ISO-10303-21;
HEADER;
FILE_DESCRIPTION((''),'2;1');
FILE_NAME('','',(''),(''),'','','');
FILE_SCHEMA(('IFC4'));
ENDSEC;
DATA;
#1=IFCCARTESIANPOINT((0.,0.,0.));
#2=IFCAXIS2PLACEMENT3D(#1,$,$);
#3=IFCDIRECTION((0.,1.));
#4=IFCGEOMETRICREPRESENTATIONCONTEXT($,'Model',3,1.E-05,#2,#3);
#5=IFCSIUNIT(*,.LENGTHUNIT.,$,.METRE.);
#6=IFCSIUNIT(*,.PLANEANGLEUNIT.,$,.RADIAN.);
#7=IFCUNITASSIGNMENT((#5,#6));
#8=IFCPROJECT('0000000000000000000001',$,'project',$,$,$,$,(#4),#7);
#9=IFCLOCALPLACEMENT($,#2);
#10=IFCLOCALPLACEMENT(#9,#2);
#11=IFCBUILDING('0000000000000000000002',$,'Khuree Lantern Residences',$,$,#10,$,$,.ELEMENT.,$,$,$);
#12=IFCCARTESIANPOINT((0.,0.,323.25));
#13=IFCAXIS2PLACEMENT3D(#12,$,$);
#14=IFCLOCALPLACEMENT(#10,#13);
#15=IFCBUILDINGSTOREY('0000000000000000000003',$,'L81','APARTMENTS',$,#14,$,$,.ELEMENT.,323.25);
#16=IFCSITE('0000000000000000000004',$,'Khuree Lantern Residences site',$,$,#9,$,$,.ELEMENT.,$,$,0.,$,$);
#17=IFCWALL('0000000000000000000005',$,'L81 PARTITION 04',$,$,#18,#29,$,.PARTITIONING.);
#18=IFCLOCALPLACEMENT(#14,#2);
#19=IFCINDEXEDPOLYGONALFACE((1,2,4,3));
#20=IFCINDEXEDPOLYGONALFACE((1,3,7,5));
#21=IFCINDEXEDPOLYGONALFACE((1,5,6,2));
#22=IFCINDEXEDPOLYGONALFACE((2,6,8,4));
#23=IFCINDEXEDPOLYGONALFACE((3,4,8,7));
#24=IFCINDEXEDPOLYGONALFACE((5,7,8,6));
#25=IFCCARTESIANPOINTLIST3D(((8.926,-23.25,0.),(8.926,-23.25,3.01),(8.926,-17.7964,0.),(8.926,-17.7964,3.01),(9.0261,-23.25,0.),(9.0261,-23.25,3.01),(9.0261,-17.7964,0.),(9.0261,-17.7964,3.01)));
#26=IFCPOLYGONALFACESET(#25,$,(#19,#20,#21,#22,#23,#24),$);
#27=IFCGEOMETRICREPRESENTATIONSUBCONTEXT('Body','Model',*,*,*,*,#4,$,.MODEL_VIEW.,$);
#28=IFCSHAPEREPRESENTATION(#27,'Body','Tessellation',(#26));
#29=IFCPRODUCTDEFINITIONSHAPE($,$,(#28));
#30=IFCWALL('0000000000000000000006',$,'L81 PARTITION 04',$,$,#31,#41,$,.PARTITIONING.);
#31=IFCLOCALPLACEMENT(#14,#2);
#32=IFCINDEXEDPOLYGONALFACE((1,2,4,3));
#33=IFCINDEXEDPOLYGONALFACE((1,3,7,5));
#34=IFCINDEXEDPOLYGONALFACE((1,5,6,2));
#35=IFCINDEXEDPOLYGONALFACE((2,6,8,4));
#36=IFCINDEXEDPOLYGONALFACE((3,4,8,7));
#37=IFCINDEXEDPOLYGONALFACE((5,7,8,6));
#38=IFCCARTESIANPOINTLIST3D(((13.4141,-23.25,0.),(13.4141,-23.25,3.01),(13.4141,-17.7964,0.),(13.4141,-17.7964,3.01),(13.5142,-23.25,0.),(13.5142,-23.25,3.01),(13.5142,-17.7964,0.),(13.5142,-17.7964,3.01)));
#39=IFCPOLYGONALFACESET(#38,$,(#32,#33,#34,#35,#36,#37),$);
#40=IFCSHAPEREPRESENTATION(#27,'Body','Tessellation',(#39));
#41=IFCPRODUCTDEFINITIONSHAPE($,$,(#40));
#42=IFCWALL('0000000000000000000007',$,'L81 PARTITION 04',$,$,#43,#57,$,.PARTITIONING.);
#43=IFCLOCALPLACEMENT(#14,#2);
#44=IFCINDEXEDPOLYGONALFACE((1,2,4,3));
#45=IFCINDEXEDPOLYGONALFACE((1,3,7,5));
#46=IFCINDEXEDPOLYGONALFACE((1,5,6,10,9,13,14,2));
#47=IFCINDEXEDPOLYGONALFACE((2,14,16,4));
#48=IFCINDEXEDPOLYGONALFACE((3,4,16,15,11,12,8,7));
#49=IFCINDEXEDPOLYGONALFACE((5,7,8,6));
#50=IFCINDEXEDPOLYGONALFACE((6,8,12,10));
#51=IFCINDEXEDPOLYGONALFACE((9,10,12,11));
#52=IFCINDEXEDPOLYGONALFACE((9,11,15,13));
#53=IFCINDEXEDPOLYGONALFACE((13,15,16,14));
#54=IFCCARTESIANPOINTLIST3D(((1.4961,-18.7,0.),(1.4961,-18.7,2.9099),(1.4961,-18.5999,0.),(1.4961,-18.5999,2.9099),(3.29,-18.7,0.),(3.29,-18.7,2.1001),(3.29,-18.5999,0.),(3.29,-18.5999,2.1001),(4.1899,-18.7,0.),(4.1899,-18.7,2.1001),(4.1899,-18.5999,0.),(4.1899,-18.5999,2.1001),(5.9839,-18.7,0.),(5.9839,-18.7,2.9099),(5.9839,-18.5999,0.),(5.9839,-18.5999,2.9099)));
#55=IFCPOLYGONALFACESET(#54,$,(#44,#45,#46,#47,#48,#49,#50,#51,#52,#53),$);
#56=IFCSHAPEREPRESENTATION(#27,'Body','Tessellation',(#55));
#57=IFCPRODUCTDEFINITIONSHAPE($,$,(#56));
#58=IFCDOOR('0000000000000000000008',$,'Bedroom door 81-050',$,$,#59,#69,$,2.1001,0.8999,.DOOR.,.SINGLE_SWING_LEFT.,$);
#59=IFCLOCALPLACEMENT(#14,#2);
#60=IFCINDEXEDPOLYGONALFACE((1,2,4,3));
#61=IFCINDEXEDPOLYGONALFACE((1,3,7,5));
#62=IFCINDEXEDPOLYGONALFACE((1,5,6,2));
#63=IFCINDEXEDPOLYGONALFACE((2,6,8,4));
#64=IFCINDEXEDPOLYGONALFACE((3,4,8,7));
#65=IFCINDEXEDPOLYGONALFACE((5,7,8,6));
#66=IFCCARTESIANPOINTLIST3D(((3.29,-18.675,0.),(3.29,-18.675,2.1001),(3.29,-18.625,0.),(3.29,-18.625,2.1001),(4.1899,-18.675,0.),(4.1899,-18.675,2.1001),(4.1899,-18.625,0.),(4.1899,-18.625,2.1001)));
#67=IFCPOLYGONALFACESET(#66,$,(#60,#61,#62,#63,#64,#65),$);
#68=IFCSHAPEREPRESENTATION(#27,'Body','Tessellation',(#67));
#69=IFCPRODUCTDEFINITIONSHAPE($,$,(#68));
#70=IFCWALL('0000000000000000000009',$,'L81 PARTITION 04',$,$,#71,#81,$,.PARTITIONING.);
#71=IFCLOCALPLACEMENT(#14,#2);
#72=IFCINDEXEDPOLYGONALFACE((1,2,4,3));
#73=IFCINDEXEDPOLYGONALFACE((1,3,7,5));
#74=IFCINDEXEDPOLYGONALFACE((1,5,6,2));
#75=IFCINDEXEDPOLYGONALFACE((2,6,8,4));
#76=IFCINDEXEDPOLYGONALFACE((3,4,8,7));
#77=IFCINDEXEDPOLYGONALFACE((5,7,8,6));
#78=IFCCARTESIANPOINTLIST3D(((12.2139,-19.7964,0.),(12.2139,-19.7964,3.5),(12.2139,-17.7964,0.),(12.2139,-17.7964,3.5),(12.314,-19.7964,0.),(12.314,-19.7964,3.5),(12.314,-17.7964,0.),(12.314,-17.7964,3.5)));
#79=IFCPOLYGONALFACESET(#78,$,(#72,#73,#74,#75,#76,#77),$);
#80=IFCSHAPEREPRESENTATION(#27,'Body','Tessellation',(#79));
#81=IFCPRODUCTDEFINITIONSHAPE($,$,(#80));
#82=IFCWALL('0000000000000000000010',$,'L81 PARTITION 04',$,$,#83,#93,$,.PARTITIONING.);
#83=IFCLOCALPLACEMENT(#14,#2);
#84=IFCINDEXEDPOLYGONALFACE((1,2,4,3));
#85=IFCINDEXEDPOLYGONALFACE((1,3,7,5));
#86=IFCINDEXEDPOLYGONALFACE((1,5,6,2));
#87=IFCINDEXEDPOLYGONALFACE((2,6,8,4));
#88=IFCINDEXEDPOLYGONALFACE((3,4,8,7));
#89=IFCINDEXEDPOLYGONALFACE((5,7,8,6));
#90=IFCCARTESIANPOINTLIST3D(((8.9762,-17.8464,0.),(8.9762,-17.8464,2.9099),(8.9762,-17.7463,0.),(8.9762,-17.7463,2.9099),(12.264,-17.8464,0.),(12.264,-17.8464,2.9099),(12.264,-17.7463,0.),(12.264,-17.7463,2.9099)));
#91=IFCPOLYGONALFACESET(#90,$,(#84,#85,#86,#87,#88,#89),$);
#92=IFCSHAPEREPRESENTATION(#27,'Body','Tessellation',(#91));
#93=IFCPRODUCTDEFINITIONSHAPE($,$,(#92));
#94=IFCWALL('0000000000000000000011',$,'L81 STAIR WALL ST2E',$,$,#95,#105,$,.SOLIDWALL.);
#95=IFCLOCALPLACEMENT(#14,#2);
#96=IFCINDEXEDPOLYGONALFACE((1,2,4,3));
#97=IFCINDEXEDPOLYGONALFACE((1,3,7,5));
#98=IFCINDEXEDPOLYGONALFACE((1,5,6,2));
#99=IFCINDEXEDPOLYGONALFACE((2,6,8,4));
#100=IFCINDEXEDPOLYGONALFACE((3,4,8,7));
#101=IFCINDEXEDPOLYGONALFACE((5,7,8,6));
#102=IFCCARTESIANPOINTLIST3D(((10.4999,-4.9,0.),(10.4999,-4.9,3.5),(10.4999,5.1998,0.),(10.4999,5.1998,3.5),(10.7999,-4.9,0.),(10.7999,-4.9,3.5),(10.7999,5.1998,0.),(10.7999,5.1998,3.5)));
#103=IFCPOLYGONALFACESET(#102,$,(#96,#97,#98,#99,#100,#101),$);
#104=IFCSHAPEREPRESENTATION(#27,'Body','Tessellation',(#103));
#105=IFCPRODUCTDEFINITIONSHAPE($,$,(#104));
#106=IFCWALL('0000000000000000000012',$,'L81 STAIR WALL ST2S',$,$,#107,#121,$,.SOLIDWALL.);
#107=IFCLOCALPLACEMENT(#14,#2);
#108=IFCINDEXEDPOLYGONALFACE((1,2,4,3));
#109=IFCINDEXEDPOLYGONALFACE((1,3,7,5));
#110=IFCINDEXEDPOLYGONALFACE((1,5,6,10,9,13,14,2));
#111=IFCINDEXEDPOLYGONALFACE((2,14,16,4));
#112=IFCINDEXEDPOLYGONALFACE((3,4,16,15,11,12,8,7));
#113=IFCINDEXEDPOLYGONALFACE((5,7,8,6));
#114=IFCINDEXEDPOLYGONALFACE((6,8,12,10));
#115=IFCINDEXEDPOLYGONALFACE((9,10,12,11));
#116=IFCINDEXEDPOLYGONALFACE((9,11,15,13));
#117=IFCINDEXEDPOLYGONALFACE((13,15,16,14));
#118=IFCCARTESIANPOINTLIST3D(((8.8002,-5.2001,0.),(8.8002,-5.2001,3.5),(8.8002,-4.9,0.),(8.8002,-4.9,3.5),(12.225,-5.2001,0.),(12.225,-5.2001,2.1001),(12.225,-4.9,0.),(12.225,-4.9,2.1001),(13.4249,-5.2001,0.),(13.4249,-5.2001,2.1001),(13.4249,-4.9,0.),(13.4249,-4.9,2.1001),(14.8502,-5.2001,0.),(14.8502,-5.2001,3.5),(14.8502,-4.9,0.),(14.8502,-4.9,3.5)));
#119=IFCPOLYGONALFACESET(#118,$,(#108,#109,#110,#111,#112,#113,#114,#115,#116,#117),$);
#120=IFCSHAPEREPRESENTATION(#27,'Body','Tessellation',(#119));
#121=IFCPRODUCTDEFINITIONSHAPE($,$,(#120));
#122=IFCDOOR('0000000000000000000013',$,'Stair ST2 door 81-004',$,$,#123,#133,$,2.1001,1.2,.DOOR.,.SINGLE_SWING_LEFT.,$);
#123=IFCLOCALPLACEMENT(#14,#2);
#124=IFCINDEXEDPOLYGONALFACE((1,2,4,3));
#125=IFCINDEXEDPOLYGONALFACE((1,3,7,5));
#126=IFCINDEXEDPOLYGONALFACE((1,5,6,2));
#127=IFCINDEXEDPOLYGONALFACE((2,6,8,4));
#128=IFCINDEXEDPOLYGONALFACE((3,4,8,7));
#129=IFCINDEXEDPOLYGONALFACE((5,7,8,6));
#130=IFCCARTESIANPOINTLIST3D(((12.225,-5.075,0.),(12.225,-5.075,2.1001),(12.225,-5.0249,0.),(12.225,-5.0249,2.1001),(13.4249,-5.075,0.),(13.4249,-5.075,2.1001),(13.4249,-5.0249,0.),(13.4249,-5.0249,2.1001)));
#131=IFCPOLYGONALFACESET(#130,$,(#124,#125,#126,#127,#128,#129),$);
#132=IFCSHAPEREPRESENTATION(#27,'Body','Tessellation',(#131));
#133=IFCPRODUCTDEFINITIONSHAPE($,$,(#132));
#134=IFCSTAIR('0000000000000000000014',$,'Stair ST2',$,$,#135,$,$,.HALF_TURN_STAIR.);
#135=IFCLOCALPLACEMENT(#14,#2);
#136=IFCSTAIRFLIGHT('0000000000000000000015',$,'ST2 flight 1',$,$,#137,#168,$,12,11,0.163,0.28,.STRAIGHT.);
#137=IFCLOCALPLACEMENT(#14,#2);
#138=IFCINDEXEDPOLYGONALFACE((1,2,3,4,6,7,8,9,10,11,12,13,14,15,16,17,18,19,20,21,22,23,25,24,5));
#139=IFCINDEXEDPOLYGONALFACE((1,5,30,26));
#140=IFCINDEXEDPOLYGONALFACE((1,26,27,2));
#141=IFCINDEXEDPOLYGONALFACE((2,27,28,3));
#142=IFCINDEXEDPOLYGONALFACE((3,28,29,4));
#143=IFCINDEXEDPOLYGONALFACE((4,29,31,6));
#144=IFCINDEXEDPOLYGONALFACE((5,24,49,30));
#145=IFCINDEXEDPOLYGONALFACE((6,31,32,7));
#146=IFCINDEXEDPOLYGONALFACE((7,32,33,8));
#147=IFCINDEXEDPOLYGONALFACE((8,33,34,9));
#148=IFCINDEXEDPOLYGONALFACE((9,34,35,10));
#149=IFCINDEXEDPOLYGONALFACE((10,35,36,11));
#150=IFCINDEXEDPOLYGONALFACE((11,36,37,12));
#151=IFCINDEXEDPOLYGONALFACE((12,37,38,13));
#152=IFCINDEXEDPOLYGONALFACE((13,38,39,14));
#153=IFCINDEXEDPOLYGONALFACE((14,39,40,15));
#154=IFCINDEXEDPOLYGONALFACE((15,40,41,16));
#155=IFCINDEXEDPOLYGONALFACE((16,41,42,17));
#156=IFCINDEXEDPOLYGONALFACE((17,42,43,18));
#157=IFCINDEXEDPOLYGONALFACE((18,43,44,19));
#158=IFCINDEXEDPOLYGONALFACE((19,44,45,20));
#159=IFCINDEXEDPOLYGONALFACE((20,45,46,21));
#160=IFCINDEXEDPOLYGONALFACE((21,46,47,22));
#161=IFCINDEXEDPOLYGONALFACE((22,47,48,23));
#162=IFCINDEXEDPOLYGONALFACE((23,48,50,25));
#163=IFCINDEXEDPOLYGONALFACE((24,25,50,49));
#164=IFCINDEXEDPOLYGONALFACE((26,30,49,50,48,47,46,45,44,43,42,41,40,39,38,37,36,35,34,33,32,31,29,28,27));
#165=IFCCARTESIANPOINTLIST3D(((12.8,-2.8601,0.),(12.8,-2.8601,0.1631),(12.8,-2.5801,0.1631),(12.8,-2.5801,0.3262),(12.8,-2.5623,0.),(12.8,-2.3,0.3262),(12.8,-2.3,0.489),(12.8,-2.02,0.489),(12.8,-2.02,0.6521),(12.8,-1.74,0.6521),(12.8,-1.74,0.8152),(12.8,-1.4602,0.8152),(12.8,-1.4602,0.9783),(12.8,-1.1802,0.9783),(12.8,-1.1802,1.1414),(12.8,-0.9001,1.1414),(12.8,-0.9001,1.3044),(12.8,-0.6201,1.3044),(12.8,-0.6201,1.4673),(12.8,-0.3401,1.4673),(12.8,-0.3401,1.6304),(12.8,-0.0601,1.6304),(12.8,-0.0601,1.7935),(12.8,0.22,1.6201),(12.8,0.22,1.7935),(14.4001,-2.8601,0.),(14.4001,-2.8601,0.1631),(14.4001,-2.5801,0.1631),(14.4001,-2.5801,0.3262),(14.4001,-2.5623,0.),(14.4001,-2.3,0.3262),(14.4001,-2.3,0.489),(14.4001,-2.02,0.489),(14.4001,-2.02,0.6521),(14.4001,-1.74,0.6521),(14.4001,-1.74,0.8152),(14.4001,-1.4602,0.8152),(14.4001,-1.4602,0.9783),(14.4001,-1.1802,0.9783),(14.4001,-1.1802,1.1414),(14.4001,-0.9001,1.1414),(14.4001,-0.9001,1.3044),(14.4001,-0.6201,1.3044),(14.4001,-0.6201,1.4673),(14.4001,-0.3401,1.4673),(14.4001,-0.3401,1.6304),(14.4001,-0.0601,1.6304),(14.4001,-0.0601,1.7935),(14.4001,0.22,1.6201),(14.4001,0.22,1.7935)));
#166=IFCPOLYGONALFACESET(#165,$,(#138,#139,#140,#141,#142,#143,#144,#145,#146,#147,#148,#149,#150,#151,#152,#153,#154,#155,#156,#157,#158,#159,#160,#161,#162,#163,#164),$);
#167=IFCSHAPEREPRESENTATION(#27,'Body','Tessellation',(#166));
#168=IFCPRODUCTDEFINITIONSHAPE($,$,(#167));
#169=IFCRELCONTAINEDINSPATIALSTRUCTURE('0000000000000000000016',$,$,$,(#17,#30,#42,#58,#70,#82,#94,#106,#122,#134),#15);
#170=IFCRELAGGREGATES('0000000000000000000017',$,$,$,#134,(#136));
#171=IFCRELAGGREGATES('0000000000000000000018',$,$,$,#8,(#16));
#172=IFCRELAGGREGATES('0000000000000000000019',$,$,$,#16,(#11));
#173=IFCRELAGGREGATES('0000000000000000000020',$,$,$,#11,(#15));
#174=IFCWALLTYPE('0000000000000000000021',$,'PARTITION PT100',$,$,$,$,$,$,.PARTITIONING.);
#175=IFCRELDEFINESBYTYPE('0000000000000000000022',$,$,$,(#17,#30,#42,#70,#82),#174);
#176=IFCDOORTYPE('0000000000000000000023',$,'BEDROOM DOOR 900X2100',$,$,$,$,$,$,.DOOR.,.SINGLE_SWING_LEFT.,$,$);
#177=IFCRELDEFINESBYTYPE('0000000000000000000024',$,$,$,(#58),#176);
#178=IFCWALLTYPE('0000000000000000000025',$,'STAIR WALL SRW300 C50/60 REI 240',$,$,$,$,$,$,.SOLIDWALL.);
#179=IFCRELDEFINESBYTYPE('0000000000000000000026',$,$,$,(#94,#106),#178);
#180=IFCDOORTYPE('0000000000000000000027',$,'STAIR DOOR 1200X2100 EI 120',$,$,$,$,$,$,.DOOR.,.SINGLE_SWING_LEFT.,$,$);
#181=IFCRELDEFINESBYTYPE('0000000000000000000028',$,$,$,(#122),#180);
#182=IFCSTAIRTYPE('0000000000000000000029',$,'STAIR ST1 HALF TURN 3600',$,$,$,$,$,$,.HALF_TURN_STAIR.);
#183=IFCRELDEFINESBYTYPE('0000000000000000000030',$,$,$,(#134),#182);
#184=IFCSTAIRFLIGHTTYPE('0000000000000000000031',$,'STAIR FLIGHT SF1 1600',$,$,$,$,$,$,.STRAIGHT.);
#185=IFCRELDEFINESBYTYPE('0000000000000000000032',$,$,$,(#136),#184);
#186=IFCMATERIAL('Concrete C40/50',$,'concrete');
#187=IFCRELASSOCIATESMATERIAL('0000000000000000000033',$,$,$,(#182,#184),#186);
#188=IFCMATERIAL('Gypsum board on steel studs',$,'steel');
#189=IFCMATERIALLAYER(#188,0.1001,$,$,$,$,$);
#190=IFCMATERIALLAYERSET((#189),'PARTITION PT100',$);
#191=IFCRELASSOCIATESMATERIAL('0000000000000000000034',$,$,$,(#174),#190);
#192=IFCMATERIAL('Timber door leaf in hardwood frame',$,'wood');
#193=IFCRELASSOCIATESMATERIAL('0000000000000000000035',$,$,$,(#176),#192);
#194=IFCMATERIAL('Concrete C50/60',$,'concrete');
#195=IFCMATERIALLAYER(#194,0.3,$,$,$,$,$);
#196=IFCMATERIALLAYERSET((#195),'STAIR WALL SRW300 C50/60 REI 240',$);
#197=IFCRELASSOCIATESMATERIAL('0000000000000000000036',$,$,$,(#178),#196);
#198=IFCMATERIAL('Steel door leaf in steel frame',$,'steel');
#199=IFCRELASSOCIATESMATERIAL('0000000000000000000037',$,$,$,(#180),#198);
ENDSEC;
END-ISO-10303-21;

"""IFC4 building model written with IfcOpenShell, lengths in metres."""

from ifc_helpers import new_model, si_unit, direction, frame, frame_2d, origin, place, context, subcontext, project, spatial, polyline, rectangle, outline, extrude, material, layer, layer_set, type_object, element, fill, aggregate, save


model = new_model("IFC4")

# Units and contexts
model_context = context("Model", 3, precision=1e-05, world=origin(), true_north=direction((0.0, 1.0)))
body_context = subcontext(model_context, "Body", "Model", "MODEL_VIEW")
ifc_project = project(units=[si_unit("LENGTHUNIT", "METRE"), si_unit("PLANEANGLEUNIT", "RADIAN")], contexts=[model_context])

# Site, building, storey
site_placement = place(None, origin())
site = spatial("IfcSite", under=ifc_project, at=site_placement, Name="Khuree Lantern Residences site", CompositionType="ELEMENT", RefElevation=0.0)
building_placement = place(site_placement, origin())
building = spatial("IfcBuilding", under=site, at=building_placement, Name="Khuree Lantern Residences", CompositionType="ELEMENT")
storey_placement = place(building_placement, frame((0.0, 0.0, 323.25)))
storey = spatial("IfcBuildingStorey", under=building, at=storey_placement, Name="L81", Description="APARTMENTS", CompositionType="ELEMENT", Elevation=323.25)

# Shared definitions
ifc_material_1 = material(Name="Concrete C40/50", Category="concrete")
stair_type = type_object("IfcStairType", Name="STAIR ST1 HALF TURN 3600", PredefinedType="HALF_TURN_STAIR", material=ifc_material_1)

# Shared definitions
ifc_material_2 = material(Name="Timber door leaf in hardwood frame", Category="wood")

# Walls
ifc_material_3 = material(Name="Gypsum board on steel studs", Category="steel")
ifc_layer_1 = layer(ifc_material_3, 0.1001)
ifc_layer_set_1 = layer_set([ifc_layer_1], Name="PARTITION PT100")
wall_type_1 = type_object("IfcWallType", Name="PARTITION PT100", PredefinedType="PARTITIONING", material=ifc_layer_set_1)
for number, where, z_axis, x_axis, name in (
    (1, (8.9761, -17.7964, 0.0), (0.0, 0.0, 1.0), (0.0, -1.0, 0.0), "L81 PARTITION 04"),
    (2, (13.4641, -17.7964, 0.0), (0.0, 0.0, 1.0), (0.0, -1.0, 0.0), "L81 PARTITION 04"),
):
    element("IfcWall", number, at=place(storey_placement, frame(where, z_axis=z_axis, x_axis=x_axis)), inside=storey, type_object=wall_type_1, Name=name, PredefinedType="PARTITIONING", context=body_context, shape_type="SweptSolid", body=[
        extrude(rectangle(XDim=5.4536, YDim=0.1001, at=frame_2d((2.7268, 0.0))), origin(), (0.0, 0.0, 1.0), 3.01),
    ])

# Wall, opening, door
wall_1_placement = place(storey_placement, frame((1.4961, -18.6499, 0.0), z_axis=(0.0, 0.0, 1.0), x_axis=(1.0, 0.0, 0.0)))
wall_1 = element("IfcWall", 3, at=wall_1_placement, inside=storey, type_object=wall_type_1, Name="L81 PARTITION 04", PredefinedType="PARTITIONING", context=body_context, shape_type="SweptSolid", body=[
    extrude(rectangle(XDim=4.4878, YDim=0.1001, at=frame_2d((2.2439, 0.0))), origin(), (0.0, 0.0, 1.0), 2.9099),
])
opening_1_placement = place(wall_1_placement, frame((1.7939, 0.0, 0.0)))
opening_1 = element("IfcOpeningElement", 4, at=opening_1_placement, cuts=wall_1, PredefinedType="OPENING", context=body_context, shape_type="SweptSolid", body=[
    extrude(rectangle(XDim=0.8999, YDim=2.1001, at=frame_2d((0.45, 1.05))), frame((0.0, 0.0601, 0.0), z_axis=(0.0, -1.0, 0.0), x_axis=(1.0, 0.0, 0.0)), (0.0, 0.0, 1.0), 0.1201),
])
door_type_1 = type_object("IfcDoorType", Name="BEDROOM DOOR 900X2100", OperationType="SINGLE_SWING_LEFT", PredefinedType="DOOR", material=ifc_material_2)
door_1_placement = place(opening_1_placement, origin())
door_1 = element("IfcDoor", 5, at=door_1_placement, inside=storey, type_object=door_type_1, Name="Bedroom door 81-050", OperationType="SINGLE_SWING_LEFT", OverallHeight=2.1001, OverallWidth=0.8999, PredefinedType="DOOR", context=body_context, shape_type="SweptSolid", body=[
    extrude(rectangle(XDim=0.8999, YDim=2.1001, at=frame_2d((0.45, 1.05))), frame((0.0, 0.0249, 0.0), z_axis=(0.0, -1.0, 0.0), x_axis=(1.0, 0.0, 0.0)), (0.0, 0.0, 1.0), 0.05),
])
fill(opening_1, door_1)

# Walls
wall_2_placement = place(storey_placement, frame((12.2639, -17.7964, 0.0), z_axis=(0.0, 0.0, 1.0), x_axis=(0.0, -1.0, 0.0)))
element("IfcWall", 6, at=wall_2_placement, inside=storey, type_object=wall_type_1, Name="L81 PARTITION 04", PredefinedType="PARTITIONING", context=body_context, shape_type="SweptSolid", body=[
    extrude(rectangle(XDim=2.0, YDim=0.1001, at=frame_2d((1.0, 0.0))), origin(), (0.0, 0.0, 1.0), 3.5),
])
wall_3_placement = place(storey_placement, frame((8.9761, -17.7964, 0.0), z_axis=(0.0, 0.0, 1.0), x_axis=(1.0, 0.0, 0.0)))
element("IfcWall", 7, at=wall_3_placement, inside=storey, type_object=wall_type_1, Name="L81 PARTITION 04", PredefinedType="PARTITIONING", context=body_context, shape_type="SweptSolid", body=[
    extrude(rectangle(XDim=3.2878, YDim=0.1001, at=frame_2d((1.644, 0.0))), origin(), (0.0, 0.0, 1.0), 2.9099),
])
ifc_material_4 = material(Name="Concrete C50/60", Category="concrete")
ifc_layer_2 = layer(ifc_material_4, 0.3)
ifc_layer_set_2 = layer_set([ifc_layer_2], Name="STAIR WALL SRW300 C50/60 REI 240")
wall_type_2 = type_object("IfcWallType", Name="STAIR WALL SRW300 C50/60 REI 240", PredefinedType="SOLIDWALL", material=ifc_layer_set_2)
wall_4_placement = place(storey_placement, frame((10.6499, -4.8999, 0.0), z_axis=(0.0, 0.0, 1.0), x_axis=(0.0, 1.0, 0.0)))
element("IfcWall", 8, at=wall_4_placement, inside=storey, type_object=wall_type_2, Name="L81 STAIR WALL ST2E", PredefinedType="SOLIDWALL", context=body_context, shape_type="SweptSolid", body=[
    extrude(rectangle(XDim=10.0999, YDim=0.3, at=frame_2d((5.0498, 0.0))), origin(), (0.0, 0.0, 1.0), 3.5),
])

# Wall, opening, door
wall_5_placement = place(storey_placement, frame((14.8501, -5.05, 0.0), z_axis=(0.0, 0.0, 1.0), x_axis=(-1.0, 0.0, 0.0)))
wall_5 = element("IfcWall", 9, at=wall_5_placement, inside=storey, type_object=wall_type_2, Name="L81 STAIR WALL ST2S", PredefinedType="SOLIDWALL", context=body_context, shape_type="SweptSolid", body=[
    extrude(rectangle(XDim=6.05, YDim=0.3, at=frame_2d((3.0249, 0.0))), origin(), (0.0, 0.0, 1.0), 3.5),
])
opening_2_placement = place(wall_5_placement, frame((1.425, 0.0, 0.0)))
opening_2 = element("IfcOpeningElement", 10, at=opening_2_placement, cuts=wall_5, PredefinedType="OPENING", context=body_context, shape_type="SweptSolid", body=[
    extrude(rectangle(XDim=1.2, YDim=2.1001, at=frame_2d((0.6001, 1.05))), frame((0.0, 0.1602, 0.0), z_axis=(0.0, -1.0, 0.0), x_axis=(1.0, 0.0, 0.0)), (0.0, 0.0, 1.0), 0.3201),
])
ifc_material_5 = material(Name="Steel door leaf in steel frame", Category="steel")
door_type_2 = type_object("IfcDoorType", Name="STAIR DOOR 1200X2100 EI 120", OperationType="SINGLE_SWING_LEFT", PredefinedType="DOOR", material=ifc_material_5)
door_2_placement = place(opening_2_placement, origin())
door_2 = element("IfcDoor", 11, at=door_2_placement, inside=storey, type_object=door_type_2, Name="Stair ST2 door 81-004", OperationType="SINGLE_SWING_LEFT", OverallHeight=2.1001, OverallWidth=1.2, PredefinedType="DOOR", context=body_context, shape_type="SweptSolid", body=[
    extrude(rectangle(XDim=1.2, YDim=2.1001, at=frame_2d((0.6001, 1.05))), frame((0.0, 0.0249, 0.0), z_axis=(0.0, -1.0, 0.0), x_axis=(1.0, 0.0, 0.0)), (0.0, 0.0, 1.0), 0.05),
])
fill(opening_2, door_2)

# Stair, stair flight
stair_1_placement = place(storey_placement, origin())
stair_1 = element("IfcStair", 12, at=stair_1_placement, inside=storey, type_object=stair_type, Name="Stair ST2", PredefinedType="HALF_TURN_STAIR")
stair_flight_type = type_object("IfcStairFlightType", Name="STAIR FLIGHT SF1 1600", PredefinedType="STRAIGHT", material=ifc_material_1)
stair_flight_1_placement = place(storey_placement, frame((13.6001, -2.8601, 0.0), z_axis=(0.0, 0.0, 1.0), x_axis=(0.0, 1.0, 0.0)))
stair_flight_1 = element("IfcStairFlight", 13, at=stair_flight_1_placement, type_object=stair_flight_type, Name="ST2 flight 1", NumberOfRisers=12, NumberOfTreads=11, PredefinedType="STRAIGHT", RiserHeight=0.163, TreadLength=0.28, context=body_context, shape_type="SweptSolid", body=[
    extrude(outline(polyline([(0.0, 0.0), (0.0, 0.1631), (0.28, 0.1631), (0.28, 0.3262), (0.5601, 0.3262), (0.5601, 0.489), (0.8401, 0.489), (0.8401, 0.6521), (1.1201, 0.6521), (1.1201, 0.8152), (1.3999, 0.8152), (1.3999, 0.9783), (1.6799, 0.9783), (1.6799, 1.1414), (1.96, 1.1414), (1.96, 1.3044), (2.24, 1.3044), (2.24, 1.4673), (2.52, 1.4673), (2.52, 1.6304), (2.8, 1.6304), (2.8, 1.7935), (3.0801, 1.7935), (3.0801, 1.9565), (3.0801, 1.6201), (0.2979, 0.0), (0.0, 0.0)])), frame((0.0, 0.8, 0.0), z_axis=(0.0, -1.0, 0.0), x_axis=(1.0, 0.0, 0.0)), (0.0, 0.0, 1.0), 1.6001),
])
aggregate(stair_1, [stair_flight_1])

save(model, "model.ifc")
